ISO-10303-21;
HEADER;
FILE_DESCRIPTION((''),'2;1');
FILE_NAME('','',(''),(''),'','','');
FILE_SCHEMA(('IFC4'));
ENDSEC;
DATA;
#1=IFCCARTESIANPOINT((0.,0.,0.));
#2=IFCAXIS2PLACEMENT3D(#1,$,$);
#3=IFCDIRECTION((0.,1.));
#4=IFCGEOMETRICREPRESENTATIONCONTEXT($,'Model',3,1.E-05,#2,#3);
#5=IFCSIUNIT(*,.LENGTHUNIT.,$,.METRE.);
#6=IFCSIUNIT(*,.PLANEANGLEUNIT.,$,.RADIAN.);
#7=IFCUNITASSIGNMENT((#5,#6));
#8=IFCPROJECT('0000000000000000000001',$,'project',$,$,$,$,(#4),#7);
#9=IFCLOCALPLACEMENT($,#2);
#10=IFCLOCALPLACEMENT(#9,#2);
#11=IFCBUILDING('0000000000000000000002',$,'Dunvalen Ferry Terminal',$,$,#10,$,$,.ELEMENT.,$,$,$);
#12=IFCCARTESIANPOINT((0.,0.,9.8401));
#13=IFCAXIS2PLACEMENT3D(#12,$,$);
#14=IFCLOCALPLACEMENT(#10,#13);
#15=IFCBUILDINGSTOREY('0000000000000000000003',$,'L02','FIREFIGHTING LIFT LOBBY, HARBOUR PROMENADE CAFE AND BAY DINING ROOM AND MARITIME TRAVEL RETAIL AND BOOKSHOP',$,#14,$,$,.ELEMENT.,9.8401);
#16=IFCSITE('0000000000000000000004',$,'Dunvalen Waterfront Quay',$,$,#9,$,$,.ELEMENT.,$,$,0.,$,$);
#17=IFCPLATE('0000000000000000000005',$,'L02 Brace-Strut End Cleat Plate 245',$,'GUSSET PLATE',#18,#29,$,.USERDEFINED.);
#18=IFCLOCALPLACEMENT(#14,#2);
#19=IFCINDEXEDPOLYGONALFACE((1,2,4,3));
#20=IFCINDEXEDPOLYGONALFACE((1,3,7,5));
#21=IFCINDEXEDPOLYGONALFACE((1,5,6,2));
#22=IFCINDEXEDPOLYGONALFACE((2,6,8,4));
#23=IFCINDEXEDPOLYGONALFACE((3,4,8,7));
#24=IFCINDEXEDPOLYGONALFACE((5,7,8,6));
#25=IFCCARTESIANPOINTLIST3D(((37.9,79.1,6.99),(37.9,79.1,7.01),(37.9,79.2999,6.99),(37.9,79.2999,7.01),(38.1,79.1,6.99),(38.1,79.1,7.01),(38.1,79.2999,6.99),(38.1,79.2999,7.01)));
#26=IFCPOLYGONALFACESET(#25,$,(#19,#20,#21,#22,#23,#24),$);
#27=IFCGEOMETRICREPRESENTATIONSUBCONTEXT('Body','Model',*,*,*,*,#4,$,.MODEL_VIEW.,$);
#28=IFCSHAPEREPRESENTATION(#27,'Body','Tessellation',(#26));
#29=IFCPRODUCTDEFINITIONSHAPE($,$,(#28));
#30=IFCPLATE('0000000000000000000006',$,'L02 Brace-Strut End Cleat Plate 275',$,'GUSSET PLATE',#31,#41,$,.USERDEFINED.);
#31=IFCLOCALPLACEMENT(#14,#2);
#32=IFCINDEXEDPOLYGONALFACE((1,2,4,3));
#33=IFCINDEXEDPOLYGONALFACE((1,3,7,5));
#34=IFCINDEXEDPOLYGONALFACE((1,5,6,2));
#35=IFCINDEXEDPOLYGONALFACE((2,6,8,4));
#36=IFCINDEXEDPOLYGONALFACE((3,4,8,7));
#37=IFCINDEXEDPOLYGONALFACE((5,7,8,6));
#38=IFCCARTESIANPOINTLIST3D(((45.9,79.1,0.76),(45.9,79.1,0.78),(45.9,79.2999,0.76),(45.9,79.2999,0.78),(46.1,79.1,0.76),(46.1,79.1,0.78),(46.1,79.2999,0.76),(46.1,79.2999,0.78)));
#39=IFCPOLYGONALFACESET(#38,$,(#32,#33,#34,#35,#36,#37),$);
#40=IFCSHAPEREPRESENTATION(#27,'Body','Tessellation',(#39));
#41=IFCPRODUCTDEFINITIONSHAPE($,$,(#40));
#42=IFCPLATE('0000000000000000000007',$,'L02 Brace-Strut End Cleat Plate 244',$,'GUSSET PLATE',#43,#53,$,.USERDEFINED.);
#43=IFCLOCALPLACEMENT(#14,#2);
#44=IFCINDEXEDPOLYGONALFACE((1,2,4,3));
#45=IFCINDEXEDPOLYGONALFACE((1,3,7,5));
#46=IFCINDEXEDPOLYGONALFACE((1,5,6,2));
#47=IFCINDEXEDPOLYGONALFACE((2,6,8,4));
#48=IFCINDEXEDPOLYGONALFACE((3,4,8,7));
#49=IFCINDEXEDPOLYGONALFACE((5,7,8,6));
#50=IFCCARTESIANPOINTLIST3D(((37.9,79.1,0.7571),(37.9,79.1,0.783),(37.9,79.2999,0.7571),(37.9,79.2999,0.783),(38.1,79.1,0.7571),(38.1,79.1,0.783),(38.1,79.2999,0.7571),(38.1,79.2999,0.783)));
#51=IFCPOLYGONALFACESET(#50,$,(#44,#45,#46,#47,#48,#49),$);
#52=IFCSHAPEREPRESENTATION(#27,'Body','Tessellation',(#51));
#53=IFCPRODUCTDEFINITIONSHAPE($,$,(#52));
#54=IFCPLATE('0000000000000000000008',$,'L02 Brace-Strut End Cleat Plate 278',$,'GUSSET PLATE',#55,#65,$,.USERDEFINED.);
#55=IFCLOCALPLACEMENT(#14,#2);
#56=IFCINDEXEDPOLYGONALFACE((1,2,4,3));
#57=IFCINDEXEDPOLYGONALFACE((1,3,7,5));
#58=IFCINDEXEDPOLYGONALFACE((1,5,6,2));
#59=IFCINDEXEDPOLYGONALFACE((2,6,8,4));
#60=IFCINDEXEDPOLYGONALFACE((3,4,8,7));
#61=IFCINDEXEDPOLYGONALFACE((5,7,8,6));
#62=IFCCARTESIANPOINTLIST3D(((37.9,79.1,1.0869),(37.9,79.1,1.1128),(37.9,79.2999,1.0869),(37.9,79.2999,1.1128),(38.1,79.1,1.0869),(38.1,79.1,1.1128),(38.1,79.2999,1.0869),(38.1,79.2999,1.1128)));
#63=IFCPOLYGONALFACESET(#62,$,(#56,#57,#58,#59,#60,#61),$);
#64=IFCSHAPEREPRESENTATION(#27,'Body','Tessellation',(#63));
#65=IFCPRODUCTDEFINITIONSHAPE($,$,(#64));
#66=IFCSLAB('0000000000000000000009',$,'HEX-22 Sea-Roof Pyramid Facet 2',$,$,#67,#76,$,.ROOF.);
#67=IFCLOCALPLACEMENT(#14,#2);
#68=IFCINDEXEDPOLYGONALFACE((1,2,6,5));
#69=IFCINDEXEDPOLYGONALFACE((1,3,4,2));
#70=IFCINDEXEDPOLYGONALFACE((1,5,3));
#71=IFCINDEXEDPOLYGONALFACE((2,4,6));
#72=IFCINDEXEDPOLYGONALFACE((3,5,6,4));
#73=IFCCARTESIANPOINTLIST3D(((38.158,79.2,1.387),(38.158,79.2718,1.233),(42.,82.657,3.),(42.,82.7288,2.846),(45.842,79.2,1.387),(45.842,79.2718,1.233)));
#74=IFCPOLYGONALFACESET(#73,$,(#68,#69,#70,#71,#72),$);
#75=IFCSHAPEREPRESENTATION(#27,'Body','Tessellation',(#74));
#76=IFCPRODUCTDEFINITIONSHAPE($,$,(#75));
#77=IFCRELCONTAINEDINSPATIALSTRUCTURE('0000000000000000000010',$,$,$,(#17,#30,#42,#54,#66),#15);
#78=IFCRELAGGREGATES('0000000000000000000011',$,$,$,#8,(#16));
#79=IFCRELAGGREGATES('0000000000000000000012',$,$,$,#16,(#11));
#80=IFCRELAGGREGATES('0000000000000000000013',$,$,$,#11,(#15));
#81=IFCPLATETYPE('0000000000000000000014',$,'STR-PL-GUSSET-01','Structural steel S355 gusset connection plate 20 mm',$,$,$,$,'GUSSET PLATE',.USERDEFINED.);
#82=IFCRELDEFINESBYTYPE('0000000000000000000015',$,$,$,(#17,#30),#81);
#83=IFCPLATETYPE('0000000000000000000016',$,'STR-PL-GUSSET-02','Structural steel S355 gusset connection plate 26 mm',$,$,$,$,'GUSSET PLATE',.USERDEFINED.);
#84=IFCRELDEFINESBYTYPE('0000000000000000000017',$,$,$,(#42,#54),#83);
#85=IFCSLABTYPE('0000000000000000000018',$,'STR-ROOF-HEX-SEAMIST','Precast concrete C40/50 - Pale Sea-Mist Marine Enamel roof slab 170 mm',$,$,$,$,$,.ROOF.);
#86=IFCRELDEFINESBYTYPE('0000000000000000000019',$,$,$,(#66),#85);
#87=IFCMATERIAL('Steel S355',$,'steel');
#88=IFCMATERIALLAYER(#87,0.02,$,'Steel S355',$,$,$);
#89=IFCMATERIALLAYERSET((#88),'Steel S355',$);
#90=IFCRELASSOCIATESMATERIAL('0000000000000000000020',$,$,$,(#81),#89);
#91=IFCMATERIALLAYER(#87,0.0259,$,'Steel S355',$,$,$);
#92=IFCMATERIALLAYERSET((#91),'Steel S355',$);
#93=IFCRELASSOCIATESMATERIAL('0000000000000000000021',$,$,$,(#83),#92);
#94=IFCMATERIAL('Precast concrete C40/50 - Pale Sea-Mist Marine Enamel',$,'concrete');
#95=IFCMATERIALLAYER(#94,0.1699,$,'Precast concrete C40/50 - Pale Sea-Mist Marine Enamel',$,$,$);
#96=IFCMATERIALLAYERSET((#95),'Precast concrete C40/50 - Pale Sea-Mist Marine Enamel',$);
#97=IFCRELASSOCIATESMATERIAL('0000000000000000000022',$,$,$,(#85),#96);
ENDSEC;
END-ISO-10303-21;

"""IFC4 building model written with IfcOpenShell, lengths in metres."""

from ifc_helpers import new_model, si_unit, direction, frame, origin, origin_2d, place, context, subcontext, project, spatial, polyline, rectangle, outline, extrude, material, layer, layer_set, type_object, element, save


model = new_model("IFC4")

# Units and contexts
model_context = context("Model", 3, precision=1e-05, world=origin(), true_north=direction((0.0, 1.0)))
body_context = subcontext(model_context, "Body", "Model", "MODEL_VIEW")
ifc_project = project(units=[si_unit("LENGTHUNIT", "METRE"), si_unit("PLANEANGLEUNIT", "RADIAN")], contexts=[model_context])

# Site, building, storey
site_placement = place(None, origin())
site = spatial("IfcSite", under=ifc_project, at=site_placement, Name="Dunvalen Waterfront Quay", CompositionType="ELEMENT", RefElevation=0.0)
building_placement = place(site_placement, origin())
building = spatial("IfcBuilding", under=site, at=building_placement, Name="Dunvalen Ferry Terminal", CompositionType="ELEMENT")
storey_placement = place(building_placement, frame((0.0, 0.0, 9.8401)))
storey = spatial("IfcBuildingStorey", under=building, at=storey_placement, Name="L02", Description="FIREFIGHTING LIFT LOBBY, HARBOUR PROMENADE CAFE AND BAY DINING ROOM AND MARITIME TRAVEL RETAIL AND BOOKSHOP", CompositionType="ELEMENT", Elevation=9.8401)

# Shared definitions
ifc_material_1 = material(Name="Steel S355", Category="steel")

# Plates
ifc_layer_1 = layer(ifc_material_1, 0.02, Name="Steel S355")
ifc_layer_set_1 = layer_set([ifc_layer_1], Name="Steel S355")
plate_type_1 = type_object("IfcPlateType", Name="STR-PL-GUSSET-01", Description="Structural steel S355 gusset connection plate 20 mm", ElementType="GUSSET PLATE", PredefinedType="USERDEFINED", material=ifc_layer_set_1)
for number, where, z_axis, x_axis, name in (
    (1, (38.0, 79.2, 6.99), (0.0, 0.0, 1.0), (1.0, 0.0, 0.0), "L02 Brace-Strut End Cleat Plate 245"),
    (2, (46.0, 79.2, 0.76), (0.0, 0.0, 1.0), (1.0, 0.0, 0.0), "L02 Brace-Strut End Cleat Plate 275"),
):
    element("IfcPlate", number, at=place(storey_placement, frame(where, z_axis=z_axis, x_axis=x_axis)), inside=storey, type_object=plate_type_1, Name=name, ObjectType="GUSSET PLATE", PredefinedType="USERDEFINED", context=body_context, shape_type="SweptSolid", body=[
        extrude(rectangle(XDim=0.2, YDim=0.2, at=origin_2d()), origin(), (0.0, 0.0, 1.0), 0.02),
    ])
ifc_layer_2 = layer(ifc_material_1, 0.0259, Name="Steel S355")
ifc_layer_set_2 = layer_set([ifc_layer_2], Name="Steel S355")
plate_type_2 = type_object("IfcPlateType", Name="STR-PL-GUSSET-02", Description="Structural steel S355 gusset connection plate 26 mm", ElementType="GUSSET PLATE", PredefinedType="USERDEFINED", material=ifc_layer_set_2)
for number, where, z_axis, x_axis, name in (
    (3, (38.0, 79.2, 0.7571), (0.0, 0.0, 1.0), (1.0, 0.0, 0.0), "L02 Brace-Strut End Cleat Plate 244"),
    (4, (38.0, 79.2, 1.0869), (0.0, 0.0, 1.0), (1.0, 0.0, 0.0), "L02 Brace-Strut End Cleat Plate 278"),
):
    element("IfcPlate", number, at=place(storey_placement, frame(where, z_axis=z_axis, x_axis=x_axis)), inside=storey, type_object=plate_type_2, Name=name, ObjectType="GUSSET PLATE", PredefinedType="USERDEFINED", context=body_context, shape_type="SweptSolid", body=[
        extrude(rectangle(XDim=0.2, YDim=0.2, at=origin_2d()), origin(), (0.0, 0.0, 1.0), 0.0259),
    ])

# Slab
ifc_material_2 = material(Name="Precast concrete C40/50 - Pale Sea-Mist Marine Enamel", Category="concrete")
ifc_layer_3 = layer(ifc_material_2, 0.1699, Name="Precast concrete C40/50 - Pale Sea-Mist Marine Enamel")
ifc_layer_set_3 = layer_set([ifc_layer_3], Name="Precast concrete C40/50 - Pale Sea-Mist Marine Enamel")
slab_type = type_object("IfcSlabType", Name="STR-ROOF-HEX-SEAMIST", Description="Precast concrete C40/50 - Pale Sea-Mist Marine Enamel roof slab 170 mm", PredefinedType="ROOF", material=ifc_layer_set_3)
slab_placement = place(storey_placement, frame((38.158, 79.2, 1.387), z_axis=(0.0, -0.422833, 0.906208), x_axis=(1.0, 0.0, 0.0)))
element("IfcSlab", 5, at=slab_placement, inside=storey, type_object=slab_type, Name="HEX-22 Sea-Roof Pyramid Facet 2", PredefinedType="ROOF", context=body_context, shape_type="SweptSolid", body=[
    extrude(outline(polyline([(0.0, 0.0), (7.6841, 0.0), (3.842, 3.8148), (0.0, 0.0)])), origin(), (0.0, 0.0, -1.0), 0.1699),
])

save(model, "model.ifc")
